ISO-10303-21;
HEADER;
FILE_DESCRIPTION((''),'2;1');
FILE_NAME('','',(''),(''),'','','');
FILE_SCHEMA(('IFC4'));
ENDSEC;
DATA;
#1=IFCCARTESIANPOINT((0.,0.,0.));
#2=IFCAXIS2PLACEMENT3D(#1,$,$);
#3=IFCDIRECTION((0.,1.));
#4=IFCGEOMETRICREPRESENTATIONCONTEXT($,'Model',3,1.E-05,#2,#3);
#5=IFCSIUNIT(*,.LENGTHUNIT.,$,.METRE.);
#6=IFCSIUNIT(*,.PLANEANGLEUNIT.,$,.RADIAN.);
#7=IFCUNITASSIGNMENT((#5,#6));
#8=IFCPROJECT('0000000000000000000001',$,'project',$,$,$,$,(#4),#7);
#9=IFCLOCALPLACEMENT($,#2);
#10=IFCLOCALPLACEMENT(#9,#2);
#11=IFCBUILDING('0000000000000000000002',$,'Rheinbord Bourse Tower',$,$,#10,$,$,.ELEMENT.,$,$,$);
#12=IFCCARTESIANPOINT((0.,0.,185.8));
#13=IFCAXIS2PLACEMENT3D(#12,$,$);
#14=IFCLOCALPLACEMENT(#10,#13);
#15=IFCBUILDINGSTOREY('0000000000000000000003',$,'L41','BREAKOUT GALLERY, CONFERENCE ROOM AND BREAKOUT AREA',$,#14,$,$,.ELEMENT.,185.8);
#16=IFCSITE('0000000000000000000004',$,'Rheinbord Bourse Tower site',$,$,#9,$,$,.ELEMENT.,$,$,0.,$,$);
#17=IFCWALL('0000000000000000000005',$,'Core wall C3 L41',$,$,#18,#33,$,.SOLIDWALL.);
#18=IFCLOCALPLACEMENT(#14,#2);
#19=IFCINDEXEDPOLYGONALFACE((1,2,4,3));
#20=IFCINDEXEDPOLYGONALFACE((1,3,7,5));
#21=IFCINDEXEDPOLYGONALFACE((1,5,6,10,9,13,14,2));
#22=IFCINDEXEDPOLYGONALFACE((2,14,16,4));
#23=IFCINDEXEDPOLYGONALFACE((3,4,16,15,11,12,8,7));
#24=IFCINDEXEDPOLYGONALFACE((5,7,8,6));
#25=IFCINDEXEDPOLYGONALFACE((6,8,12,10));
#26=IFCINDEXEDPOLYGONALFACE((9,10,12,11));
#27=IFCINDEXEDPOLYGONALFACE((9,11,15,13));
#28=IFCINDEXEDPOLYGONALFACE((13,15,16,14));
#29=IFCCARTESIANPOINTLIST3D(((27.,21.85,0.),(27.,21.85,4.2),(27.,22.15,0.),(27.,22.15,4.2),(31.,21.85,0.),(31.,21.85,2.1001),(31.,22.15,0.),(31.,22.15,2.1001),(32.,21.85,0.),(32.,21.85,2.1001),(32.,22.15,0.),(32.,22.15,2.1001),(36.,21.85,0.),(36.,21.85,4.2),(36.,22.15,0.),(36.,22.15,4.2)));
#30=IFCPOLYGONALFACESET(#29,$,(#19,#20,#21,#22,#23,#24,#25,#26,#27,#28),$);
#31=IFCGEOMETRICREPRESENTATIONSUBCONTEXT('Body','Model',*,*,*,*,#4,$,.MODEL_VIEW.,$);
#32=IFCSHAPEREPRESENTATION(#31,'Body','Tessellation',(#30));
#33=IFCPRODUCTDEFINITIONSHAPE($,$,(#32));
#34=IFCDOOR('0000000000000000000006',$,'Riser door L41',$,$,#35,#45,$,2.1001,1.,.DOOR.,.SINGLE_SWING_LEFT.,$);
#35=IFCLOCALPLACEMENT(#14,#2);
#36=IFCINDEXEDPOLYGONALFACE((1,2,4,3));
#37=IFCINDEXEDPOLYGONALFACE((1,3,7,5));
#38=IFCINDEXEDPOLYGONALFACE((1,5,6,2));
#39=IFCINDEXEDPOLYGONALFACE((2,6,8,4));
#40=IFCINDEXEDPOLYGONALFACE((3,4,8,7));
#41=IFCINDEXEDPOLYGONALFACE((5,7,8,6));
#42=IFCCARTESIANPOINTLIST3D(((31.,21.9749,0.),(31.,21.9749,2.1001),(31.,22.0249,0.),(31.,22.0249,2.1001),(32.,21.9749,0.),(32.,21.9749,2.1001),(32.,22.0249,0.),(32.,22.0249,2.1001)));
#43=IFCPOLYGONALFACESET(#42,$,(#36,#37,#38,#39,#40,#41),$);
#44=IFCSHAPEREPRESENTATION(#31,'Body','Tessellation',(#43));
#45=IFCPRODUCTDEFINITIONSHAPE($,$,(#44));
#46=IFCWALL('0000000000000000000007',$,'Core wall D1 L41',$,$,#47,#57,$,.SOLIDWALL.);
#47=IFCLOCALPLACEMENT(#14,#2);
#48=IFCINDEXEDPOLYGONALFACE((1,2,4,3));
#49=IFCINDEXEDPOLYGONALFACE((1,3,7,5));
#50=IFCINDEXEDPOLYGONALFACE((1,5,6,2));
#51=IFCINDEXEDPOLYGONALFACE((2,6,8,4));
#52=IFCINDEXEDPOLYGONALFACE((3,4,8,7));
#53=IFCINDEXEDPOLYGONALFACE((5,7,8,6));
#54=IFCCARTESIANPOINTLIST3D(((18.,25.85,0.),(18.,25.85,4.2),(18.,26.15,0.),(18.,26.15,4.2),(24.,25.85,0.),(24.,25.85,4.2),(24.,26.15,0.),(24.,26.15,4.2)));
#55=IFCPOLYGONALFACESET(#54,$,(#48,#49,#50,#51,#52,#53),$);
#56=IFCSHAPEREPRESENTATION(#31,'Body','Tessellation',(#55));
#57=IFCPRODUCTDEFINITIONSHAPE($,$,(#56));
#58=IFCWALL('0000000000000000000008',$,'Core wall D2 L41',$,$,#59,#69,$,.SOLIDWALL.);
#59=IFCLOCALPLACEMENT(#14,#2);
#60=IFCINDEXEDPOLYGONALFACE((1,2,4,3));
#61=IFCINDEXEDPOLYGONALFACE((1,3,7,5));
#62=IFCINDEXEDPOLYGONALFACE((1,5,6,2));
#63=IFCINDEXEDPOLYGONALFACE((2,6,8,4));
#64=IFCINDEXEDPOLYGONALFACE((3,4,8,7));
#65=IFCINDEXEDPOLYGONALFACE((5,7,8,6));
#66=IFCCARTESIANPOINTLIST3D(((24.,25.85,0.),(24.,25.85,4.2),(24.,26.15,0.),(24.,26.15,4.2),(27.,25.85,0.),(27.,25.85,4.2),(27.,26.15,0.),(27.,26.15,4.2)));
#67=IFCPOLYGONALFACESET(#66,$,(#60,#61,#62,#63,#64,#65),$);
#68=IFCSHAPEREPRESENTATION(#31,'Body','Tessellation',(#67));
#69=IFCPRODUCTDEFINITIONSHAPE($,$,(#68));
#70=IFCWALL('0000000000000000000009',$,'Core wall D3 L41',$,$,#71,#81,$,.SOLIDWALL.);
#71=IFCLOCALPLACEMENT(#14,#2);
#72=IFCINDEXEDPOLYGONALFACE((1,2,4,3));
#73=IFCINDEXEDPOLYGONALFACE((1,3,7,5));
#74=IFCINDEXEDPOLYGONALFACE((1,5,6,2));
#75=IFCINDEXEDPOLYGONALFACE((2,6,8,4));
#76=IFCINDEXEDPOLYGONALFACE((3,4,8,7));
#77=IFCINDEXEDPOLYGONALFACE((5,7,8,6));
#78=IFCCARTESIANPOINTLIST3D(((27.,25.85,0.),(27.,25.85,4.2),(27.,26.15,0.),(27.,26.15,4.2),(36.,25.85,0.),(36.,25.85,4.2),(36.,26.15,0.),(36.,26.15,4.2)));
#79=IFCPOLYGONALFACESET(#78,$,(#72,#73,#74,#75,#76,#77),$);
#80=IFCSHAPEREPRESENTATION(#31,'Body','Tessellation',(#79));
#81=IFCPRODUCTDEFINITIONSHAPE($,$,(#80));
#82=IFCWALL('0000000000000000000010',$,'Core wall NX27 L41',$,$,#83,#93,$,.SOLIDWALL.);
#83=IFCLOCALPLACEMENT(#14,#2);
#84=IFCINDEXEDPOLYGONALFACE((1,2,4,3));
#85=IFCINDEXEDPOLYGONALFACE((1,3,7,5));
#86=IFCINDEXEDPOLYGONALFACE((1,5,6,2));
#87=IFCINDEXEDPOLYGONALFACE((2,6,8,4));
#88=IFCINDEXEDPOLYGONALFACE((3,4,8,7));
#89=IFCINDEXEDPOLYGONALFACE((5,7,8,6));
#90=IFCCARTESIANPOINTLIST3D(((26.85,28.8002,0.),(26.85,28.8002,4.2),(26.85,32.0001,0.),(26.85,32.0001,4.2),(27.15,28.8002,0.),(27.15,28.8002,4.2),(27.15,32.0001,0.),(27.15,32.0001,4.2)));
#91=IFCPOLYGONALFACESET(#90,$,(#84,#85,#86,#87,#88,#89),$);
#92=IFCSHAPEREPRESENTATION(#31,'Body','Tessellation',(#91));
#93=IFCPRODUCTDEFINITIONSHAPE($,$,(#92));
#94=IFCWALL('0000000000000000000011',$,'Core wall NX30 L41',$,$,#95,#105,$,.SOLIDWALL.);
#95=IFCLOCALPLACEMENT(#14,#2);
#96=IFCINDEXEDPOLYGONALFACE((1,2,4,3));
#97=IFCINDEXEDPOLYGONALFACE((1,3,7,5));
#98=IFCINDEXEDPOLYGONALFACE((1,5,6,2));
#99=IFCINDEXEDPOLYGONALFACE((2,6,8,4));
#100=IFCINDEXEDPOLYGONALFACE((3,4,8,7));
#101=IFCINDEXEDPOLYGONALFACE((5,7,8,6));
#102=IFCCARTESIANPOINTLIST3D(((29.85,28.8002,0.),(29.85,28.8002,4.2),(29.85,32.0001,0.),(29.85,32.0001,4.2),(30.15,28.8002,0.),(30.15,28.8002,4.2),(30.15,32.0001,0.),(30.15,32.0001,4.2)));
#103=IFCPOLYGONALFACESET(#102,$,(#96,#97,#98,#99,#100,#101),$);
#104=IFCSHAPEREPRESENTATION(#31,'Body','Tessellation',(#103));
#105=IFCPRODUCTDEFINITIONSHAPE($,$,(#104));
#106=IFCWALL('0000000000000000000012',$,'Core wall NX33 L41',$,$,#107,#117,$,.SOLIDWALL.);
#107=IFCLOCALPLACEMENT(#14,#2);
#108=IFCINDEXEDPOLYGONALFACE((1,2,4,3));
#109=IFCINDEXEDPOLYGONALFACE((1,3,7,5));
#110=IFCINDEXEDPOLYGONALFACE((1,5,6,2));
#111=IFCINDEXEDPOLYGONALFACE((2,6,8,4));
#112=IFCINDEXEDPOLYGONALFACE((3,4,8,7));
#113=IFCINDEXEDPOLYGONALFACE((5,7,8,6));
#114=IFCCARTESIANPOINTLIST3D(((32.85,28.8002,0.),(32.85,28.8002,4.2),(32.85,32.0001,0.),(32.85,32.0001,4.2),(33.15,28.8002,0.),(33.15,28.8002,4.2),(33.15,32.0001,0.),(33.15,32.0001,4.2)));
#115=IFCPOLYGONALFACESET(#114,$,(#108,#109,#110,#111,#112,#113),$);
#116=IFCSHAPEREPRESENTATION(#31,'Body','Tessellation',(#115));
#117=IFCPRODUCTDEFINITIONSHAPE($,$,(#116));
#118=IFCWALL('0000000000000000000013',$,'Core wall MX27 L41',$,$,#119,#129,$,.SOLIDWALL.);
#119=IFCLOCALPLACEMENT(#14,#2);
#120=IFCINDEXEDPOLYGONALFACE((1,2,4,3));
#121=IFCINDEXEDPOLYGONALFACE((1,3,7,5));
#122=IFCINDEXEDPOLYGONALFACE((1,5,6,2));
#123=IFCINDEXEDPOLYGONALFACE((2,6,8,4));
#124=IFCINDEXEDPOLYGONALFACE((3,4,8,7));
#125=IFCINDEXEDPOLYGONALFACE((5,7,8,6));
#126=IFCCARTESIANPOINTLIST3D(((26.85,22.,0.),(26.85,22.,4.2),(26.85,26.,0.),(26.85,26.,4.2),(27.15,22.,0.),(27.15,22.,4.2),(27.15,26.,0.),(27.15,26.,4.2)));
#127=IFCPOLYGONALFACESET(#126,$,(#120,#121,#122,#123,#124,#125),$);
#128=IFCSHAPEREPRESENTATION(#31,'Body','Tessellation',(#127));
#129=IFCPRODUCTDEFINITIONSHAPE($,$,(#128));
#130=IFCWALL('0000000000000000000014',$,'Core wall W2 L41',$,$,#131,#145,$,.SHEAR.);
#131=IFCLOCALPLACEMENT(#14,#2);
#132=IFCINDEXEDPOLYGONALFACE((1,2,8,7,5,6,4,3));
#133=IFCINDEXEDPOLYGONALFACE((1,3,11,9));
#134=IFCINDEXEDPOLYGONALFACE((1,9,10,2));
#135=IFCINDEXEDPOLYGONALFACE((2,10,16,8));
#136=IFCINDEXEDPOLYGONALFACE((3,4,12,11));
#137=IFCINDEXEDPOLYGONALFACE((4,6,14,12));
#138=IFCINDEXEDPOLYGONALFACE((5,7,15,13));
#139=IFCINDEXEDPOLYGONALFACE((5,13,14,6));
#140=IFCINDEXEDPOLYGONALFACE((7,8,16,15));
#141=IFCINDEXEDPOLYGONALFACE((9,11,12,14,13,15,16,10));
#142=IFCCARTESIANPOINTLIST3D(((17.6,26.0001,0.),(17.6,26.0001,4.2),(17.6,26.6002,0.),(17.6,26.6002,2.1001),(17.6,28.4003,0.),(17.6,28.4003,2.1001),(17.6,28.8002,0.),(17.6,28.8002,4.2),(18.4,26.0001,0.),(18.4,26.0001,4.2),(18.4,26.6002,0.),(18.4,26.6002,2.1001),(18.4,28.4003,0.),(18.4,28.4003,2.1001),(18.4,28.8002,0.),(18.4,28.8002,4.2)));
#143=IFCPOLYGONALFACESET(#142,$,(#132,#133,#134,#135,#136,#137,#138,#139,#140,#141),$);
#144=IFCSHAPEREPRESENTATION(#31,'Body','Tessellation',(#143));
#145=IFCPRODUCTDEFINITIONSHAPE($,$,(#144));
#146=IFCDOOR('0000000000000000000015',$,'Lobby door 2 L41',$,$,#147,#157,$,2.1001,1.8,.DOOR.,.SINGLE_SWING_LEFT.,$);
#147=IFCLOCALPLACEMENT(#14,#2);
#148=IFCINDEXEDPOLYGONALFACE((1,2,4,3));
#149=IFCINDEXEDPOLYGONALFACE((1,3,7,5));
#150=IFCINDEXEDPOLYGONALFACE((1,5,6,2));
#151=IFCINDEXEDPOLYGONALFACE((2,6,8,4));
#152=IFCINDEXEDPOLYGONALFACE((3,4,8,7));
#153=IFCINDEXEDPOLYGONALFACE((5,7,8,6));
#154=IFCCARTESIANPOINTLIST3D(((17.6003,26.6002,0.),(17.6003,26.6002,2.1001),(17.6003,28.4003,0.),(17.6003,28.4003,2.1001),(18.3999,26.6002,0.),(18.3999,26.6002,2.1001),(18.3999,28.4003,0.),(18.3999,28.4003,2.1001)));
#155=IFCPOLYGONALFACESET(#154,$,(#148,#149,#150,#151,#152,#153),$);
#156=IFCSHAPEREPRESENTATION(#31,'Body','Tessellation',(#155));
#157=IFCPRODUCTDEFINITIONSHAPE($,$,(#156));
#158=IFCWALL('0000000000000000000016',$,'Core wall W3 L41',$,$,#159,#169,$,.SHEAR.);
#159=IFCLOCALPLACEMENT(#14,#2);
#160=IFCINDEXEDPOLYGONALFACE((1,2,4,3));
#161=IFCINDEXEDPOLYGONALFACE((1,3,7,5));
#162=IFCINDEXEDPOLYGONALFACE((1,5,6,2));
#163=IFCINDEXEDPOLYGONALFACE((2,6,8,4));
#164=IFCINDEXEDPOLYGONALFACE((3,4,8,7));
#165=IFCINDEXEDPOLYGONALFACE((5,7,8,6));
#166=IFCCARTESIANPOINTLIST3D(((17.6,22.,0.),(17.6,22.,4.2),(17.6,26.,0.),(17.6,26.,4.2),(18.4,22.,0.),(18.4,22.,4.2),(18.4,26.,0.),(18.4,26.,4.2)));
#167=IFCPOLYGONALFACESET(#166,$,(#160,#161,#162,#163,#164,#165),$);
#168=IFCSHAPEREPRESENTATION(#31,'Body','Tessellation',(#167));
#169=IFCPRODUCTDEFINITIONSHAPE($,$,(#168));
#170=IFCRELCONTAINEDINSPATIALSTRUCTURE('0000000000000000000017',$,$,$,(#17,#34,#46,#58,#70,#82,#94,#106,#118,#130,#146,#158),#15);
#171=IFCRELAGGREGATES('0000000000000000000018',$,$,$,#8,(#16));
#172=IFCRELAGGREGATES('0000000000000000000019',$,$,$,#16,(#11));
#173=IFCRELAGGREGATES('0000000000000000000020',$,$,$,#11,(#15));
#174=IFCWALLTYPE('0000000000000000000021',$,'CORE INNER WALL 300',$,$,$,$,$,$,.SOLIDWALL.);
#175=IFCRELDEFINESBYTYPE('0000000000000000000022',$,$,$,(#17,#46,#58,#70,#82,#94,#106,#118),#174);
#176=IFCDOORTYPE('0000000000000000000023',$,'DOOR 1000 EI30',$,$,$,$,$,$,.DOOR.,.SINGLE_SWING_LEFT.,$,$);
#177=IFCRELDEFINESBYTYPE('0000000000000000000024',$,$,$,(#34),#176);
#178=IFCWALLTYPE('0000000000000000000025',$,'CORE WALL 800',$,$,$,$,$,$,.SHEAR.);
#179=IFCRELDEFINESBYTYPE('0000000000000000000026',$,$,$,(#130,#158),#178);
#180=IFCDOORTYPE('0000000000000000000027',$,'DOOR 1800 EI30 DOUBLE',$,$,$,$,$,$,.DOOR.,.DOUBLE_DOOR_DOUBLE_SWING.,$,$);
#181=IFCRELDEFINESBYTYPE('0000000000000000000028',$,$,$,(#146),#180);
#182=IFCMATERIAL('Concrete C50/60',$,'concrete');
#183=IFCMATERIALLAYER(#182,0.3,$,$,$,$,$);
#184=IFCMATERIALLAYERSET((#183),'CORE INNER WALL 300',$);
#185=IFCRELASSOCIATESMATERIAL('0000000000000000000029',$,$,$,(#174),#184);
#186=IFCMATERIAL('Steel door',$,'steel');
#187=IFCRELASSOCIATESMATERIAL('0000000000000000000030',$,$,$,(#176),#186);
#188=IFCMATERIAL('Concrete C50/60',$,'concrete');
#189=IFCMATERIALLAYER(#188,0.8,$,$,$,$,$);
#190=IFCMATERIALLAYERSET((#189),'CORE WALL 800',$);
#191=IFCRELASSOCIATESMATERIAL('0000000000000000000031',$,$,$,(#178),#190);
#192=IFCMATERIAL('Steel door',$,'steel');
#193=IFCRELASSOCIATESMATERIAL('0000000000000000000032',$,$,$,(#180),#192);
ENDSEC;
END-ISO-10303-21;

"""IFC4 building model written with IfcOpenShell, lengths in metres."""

from ifc_helpers import new_model, si_unit, direction, frame, frame_2d, origin, place, context, subcontext, project, spatial, rectangle, extrude, material, layer, layer_set, type_object, element, fill, save


model = new_model("IFC4")

# Units and contexts
model_context = context("Model", 3, precision=1e-05, world=origin(), true_north=direction((0.0, 1.0)))
body_context = subcontext(model_context, "Body", "Model", "MODEL_VIEW")
ifc_project = project(units=[si_unit("LENGTHUNIT", "METRE"), si_unit("PLANEANGLEUNIT", "RADIAN")], contexts=[model_context])

# Site, building, storey
site_placement = place(None, origin())
site = spatial("IfcSite", under=ifc_project, at=site_placement, Name="Rheinbord Bourse Tower site", CompositionType="ELEMENT", RefElevation=0.0)
building_placement = place(site_placement, origin())
building = spatial("IfcBuilding", under=site, at=building_placement, Name="Rheinbord Bourse Tower", CompositionType="ELEMENT")
storey_placement = place(building_placement, frame((0.0, 0.0, 185.8)))
storey = spatial("IfcBuildingStorey", under=building, at=storey_placement, Name="L41", Description="BREAKOUT GALLERY, CONFERENCE ROOM AND BREAKOUT AREA", CompositionType="ELEMENT", Elevation=185.8)

# Wall, opening, door
ifc_material_1 = material(Name="Concrete C50/60", Category="concrete")
ifc_layer_1 = layer(ifc_material_1, 0.3)
ifc_layer_set_1 = layer_set([ifc_layer_1], Name="CORE INNER WALL 300")
wall_type_1 = type_object("IfcWallType", Name="CORE INNER WALL 300", PredefinedType="SOLIDWALL", material=ifc_layer_set_1)
ifc_material_2 = material(Name="Steel door", Category="steel")
door_type_1 = type_object("IfcDoorType", Name="DOOR 1000 EI30", OperationType="SINGLE_SWING_LEFT", PredefinedType="DOOR", material=ifc_material_2)
wall_1_placement = place(storey_placement, frame((27.0, 22.0, 0.0), z_axis=(0.0, 0.0, 1.0), x_axis=(1.0, 0.0, 0.0)))
wall_1 = element("IfcWall", 1, at=wall_1_placement, inside=storey, type_object=wall_type_1, Name="Core wall C3 L41", PredefinedType="SOLIDWALL", context=body_context, shape_type="SweptSolid", body=[
    extrude(rectangle(XDim=9.0, YDim=0.3, at=frame_2d((4.5, 0.0))), origin(), (0.0, 0.0, 1.0), 4.2),
])
opening_1_placement = place(wall_1_placement, frame((4.0, 0.0, 0.0)))
opening_1 = element("IfcOpeningElement", 2, at=opening_1_placement, cuts=wall_1, PredefinedType="OPENING", context=body_context, shape_type="SweptSolid", body=[
    extrude(rectangle(XDim=1.0, YDim=2.1001, at=frame_2d((0.5, 1.05))), frame((0.0, 0.1599, 0.0), z_axis=(0.0, -1.0, 0.0), x_axis=(1.0, 0.0, 0.0)), (0.0, 0.0, 1.0), 0.3201),
])
door_1_placement = place(opening_1_placement, origin())
door_1 = element("IfcDoor", 3, at=door_1_placement, inside=storey, type_object=door_type_1, Name="Riser door L41", OperationType="SINGLE_SWING_LEFT", OverallHeight=2.1001, OverallWidth=1.0, PredefinedType="DOOR", context=body_context, shape_type="SweptSolid", body=[
    extrude(rectangle(XDim=1.0, YDim=2.1001, at=frame_2d((0.5, 1.05))), frame((0.0, 0.0249, 0.0), z_axis=(0.0, -1.0, 0.0), x_axis=(1.0, 0.0, 0.0)), (0.0, 0.0, 1.0), 0.05),
])
fill(opening_1, door_1)

# Walls
wall_2_placement = place(storey_placement, frame((18.0, 26.0, 0.0), z_axis=(0.0, 0.0, 1.0), x_axis=(1.0, 0.0, 0.0)))
element("IfcWall", 4, at=wall_2_placement, inside=storey, type_object=wall_type_1, Name="Core wall D1 L41", PredefinedType="SOLIDWALL", context=body_context, shape_type="SweptSolid", body=[
    extrude(rectangle(XDim=6.0, YDim=0.3, at=frame_2d((3.0, 0.0))), origin(), (0.0, 0.0, 1.0), 4.2),
])
wall_3_placement = place(storey_placement, frame((24.0, 26.0, 0.0), z_axis=(0.0, 0.0, 1.0), x_axis=(1.0, 0.0, 0.0)))
element("IfcWall", 5, at=wall_3_placement, inside=storey, type_object=wall_type_1, Name="Core wall D2 L41", PredefinedType="SOLIDWALL", context=body_context, shape_type="SweptSolid", body=[
    extrude(rectangle(XDim=3.0, YDim=0.3, at=frame_2d((1.5, 0.0))), origin(), (0.0, 0.0, 1.0), 4.2),
])
wall_4_placement = place(storey_placement, frame((27.0, 26.0, 0.0), z_axis=(0.0, 0.0, 1.0), x_axis=(1.0, 0.0, 0.0)))
element("IfcWall", 6, at=wall_4_placement, inside=storey, type_object=wall_type_1, Name="Core wall D3 L41", PredefinedType="SOLIDWALL", context=body_context, shape_type="SweptSolid", body=[
    extrude(rectangle(XDim=9.0, YDim=0.3, at=frame_2d((4.5, 0.0))), origin(), (0.0, 0.0, 1.0), 4.2),
])
for number, where, z_axis, x_axis, name in (
    (7, (27.0, 28.8, 0.0), (0.0, 0.0, 1.0), (0.0, 1.0, 0.0), "Core wall NX27 L41"),
    (8, (30.0, 28.8, 0.0), (0.0, 0.0, 1.0), (0.0, 1.0, 0.0), "Core wall NX30 L41"),
    (9, (33.0, 28.8, 0.0), (0.0, 0.0, 1.0), (0.0, 1.0, 0.0), "Core wall NX33 L41"),
):
    element("IfcWall", number, at=place(storey_placement, frame(where, z_axis=z_axis, x_axis=x_axis)), inside=storey, type_object=wall_type_1, Name=name, PredefinedType="SOLIDWALL", context=body_context, shape_type="SweptSolid", body=[
        extrude(rectangle(XDim=3.2, YDim=0.3, at=frame_2d((1.6001, 0.0))), origin(), (0.0, 0.0, 1.0), 4.2),
    ])
wall_5_placement = place(storey_placement, frame((27.0, 22.0, 0.0), z_axis=(0.0, 0.0, 1.0), x_axis=(0.0, 1.0, 0.0)))
element("IfcWall", 10, at=wall_5_placement, inside=storey, type_object=wall_type_1, Name="Core wall MX27 L41", PredefinedType="SOLIDWALL", context=body_context, shape_type="SweptSolid", body=[
    extrude(rectangle(XDim=4.0, YDim=0.3, at=frame_2d((2.0, 0.0))), origin(), (0.0, 0.0, 1.0), 4.2),
])

# Wall, opening, door
ifc_material_3 = material(Name="Concrete C50/60", Category="concrete")
ifc_layer_2 = layer(ifc_material_3, 0.8)
ifc_layer_set_2 = layer_set([ifc_layer_2], Name="CORE WALL 800")
wall_type_2 = type_object("IfcWallType", Name="CORE WALL 800", PredefinedType="SHEAR", material=ifc_layer_set_2)
wall_6_placement = place(storey_placement, frame((18.0, 28.8, 0.0), z_axis=(0.0, 0.0, 1.0), x_axis=(0.0, -1.0, 0.0)))
wall_6 = element("IfcWall", 11, at=wall_6_placement, inside=storey, type_object=wall_type_2, Name="Core wall W2 L41", PredefinedType="SHEAR", context=body_context, shape_type="SweptSolid", body=[
    extrude(rectangle(XDim=2.8, YDim=0.8, at=frame_2d((1.3999, 0.0))), origin(), (0.0, 0.0, 1.0), 4.2),
])
opening_2_placement = place(wall_6_placement, frame((0.3999, 0.0, 0.0)))
opening_2 = element("IfcOpeningElement", 12, at=opening_2_placement, cuts=wall_6, PredefinedType="OPENING", context=body_context, shape_type="SweptSolid", body=[
    extrude(rectangle(XDim=1.8, YDim=2.1001, at=frame_2d((0.8999, 1.05))), frame((0.0, 0.4099, 0.0), z_axis=(0.0, -1.0, 0.0), x_axis=(1.0, 0.0, 0.0)), (0.0, 0.0, 1.0), 0.8201),
])
ifc_material_4 = material(Name="Steel door", Category="steel")
door_type_2 = type_object("IfcDoorType", Name="DOOR 1800 EI30 DOUBLE", OperationType="DOUBLE_DOOR_DOUBLE_SWING", PredefinedType="DOOR", material=ifc_material_4)
door_2_placement = place(opening_2_placement, origin())
door_2 = element("IfcDoor", 13, at=door_2_placement, inside=storey, type_object=door_type_2, Name="Lobby door 2 L41", OperationType="SINGLE_SWING_LEFT", OverallHeight=2.1001, OverallWidth=1.8, PredefinedType="DOOR", context=body_context, shape_type="SweptSolid", body=[
    extrude(rectangle(XDim=1.8, YDim=2.1001, at=frame_2d((0.8999, 1.05))), frame((0.0, 0.3999, 0.0), z_axis=(0.0, -1.0, 0.0), x_axis=(1.0, 0.0, 0.0)), (0.0, 0.0, 1.0), 0.7996),
])
fill(opening_2, door_2)

# Wall
wall_7_placement = place(storey_placement, frame((18.0, 26.0, 0.0), z_axis=(0.0, 0.0, 1.0), x_axis=(0.0, -1.0, 0.0)))
element("IfcWall", 14, at=wall_7_placement, inside=storey, type_object=wall_type_2, Name="Core wall W3 L41", PredefinedType="SHEAR", context=body_context, shape_type="SweptSolid", body=[
    extrude(rectangle(XDim=4.0, YDim=0.8, at=frame_2d((2.0, 0.0))), origin(), (0.0, 0.0, 1.0), 4.2),
])

save(model, "model.ifc")
